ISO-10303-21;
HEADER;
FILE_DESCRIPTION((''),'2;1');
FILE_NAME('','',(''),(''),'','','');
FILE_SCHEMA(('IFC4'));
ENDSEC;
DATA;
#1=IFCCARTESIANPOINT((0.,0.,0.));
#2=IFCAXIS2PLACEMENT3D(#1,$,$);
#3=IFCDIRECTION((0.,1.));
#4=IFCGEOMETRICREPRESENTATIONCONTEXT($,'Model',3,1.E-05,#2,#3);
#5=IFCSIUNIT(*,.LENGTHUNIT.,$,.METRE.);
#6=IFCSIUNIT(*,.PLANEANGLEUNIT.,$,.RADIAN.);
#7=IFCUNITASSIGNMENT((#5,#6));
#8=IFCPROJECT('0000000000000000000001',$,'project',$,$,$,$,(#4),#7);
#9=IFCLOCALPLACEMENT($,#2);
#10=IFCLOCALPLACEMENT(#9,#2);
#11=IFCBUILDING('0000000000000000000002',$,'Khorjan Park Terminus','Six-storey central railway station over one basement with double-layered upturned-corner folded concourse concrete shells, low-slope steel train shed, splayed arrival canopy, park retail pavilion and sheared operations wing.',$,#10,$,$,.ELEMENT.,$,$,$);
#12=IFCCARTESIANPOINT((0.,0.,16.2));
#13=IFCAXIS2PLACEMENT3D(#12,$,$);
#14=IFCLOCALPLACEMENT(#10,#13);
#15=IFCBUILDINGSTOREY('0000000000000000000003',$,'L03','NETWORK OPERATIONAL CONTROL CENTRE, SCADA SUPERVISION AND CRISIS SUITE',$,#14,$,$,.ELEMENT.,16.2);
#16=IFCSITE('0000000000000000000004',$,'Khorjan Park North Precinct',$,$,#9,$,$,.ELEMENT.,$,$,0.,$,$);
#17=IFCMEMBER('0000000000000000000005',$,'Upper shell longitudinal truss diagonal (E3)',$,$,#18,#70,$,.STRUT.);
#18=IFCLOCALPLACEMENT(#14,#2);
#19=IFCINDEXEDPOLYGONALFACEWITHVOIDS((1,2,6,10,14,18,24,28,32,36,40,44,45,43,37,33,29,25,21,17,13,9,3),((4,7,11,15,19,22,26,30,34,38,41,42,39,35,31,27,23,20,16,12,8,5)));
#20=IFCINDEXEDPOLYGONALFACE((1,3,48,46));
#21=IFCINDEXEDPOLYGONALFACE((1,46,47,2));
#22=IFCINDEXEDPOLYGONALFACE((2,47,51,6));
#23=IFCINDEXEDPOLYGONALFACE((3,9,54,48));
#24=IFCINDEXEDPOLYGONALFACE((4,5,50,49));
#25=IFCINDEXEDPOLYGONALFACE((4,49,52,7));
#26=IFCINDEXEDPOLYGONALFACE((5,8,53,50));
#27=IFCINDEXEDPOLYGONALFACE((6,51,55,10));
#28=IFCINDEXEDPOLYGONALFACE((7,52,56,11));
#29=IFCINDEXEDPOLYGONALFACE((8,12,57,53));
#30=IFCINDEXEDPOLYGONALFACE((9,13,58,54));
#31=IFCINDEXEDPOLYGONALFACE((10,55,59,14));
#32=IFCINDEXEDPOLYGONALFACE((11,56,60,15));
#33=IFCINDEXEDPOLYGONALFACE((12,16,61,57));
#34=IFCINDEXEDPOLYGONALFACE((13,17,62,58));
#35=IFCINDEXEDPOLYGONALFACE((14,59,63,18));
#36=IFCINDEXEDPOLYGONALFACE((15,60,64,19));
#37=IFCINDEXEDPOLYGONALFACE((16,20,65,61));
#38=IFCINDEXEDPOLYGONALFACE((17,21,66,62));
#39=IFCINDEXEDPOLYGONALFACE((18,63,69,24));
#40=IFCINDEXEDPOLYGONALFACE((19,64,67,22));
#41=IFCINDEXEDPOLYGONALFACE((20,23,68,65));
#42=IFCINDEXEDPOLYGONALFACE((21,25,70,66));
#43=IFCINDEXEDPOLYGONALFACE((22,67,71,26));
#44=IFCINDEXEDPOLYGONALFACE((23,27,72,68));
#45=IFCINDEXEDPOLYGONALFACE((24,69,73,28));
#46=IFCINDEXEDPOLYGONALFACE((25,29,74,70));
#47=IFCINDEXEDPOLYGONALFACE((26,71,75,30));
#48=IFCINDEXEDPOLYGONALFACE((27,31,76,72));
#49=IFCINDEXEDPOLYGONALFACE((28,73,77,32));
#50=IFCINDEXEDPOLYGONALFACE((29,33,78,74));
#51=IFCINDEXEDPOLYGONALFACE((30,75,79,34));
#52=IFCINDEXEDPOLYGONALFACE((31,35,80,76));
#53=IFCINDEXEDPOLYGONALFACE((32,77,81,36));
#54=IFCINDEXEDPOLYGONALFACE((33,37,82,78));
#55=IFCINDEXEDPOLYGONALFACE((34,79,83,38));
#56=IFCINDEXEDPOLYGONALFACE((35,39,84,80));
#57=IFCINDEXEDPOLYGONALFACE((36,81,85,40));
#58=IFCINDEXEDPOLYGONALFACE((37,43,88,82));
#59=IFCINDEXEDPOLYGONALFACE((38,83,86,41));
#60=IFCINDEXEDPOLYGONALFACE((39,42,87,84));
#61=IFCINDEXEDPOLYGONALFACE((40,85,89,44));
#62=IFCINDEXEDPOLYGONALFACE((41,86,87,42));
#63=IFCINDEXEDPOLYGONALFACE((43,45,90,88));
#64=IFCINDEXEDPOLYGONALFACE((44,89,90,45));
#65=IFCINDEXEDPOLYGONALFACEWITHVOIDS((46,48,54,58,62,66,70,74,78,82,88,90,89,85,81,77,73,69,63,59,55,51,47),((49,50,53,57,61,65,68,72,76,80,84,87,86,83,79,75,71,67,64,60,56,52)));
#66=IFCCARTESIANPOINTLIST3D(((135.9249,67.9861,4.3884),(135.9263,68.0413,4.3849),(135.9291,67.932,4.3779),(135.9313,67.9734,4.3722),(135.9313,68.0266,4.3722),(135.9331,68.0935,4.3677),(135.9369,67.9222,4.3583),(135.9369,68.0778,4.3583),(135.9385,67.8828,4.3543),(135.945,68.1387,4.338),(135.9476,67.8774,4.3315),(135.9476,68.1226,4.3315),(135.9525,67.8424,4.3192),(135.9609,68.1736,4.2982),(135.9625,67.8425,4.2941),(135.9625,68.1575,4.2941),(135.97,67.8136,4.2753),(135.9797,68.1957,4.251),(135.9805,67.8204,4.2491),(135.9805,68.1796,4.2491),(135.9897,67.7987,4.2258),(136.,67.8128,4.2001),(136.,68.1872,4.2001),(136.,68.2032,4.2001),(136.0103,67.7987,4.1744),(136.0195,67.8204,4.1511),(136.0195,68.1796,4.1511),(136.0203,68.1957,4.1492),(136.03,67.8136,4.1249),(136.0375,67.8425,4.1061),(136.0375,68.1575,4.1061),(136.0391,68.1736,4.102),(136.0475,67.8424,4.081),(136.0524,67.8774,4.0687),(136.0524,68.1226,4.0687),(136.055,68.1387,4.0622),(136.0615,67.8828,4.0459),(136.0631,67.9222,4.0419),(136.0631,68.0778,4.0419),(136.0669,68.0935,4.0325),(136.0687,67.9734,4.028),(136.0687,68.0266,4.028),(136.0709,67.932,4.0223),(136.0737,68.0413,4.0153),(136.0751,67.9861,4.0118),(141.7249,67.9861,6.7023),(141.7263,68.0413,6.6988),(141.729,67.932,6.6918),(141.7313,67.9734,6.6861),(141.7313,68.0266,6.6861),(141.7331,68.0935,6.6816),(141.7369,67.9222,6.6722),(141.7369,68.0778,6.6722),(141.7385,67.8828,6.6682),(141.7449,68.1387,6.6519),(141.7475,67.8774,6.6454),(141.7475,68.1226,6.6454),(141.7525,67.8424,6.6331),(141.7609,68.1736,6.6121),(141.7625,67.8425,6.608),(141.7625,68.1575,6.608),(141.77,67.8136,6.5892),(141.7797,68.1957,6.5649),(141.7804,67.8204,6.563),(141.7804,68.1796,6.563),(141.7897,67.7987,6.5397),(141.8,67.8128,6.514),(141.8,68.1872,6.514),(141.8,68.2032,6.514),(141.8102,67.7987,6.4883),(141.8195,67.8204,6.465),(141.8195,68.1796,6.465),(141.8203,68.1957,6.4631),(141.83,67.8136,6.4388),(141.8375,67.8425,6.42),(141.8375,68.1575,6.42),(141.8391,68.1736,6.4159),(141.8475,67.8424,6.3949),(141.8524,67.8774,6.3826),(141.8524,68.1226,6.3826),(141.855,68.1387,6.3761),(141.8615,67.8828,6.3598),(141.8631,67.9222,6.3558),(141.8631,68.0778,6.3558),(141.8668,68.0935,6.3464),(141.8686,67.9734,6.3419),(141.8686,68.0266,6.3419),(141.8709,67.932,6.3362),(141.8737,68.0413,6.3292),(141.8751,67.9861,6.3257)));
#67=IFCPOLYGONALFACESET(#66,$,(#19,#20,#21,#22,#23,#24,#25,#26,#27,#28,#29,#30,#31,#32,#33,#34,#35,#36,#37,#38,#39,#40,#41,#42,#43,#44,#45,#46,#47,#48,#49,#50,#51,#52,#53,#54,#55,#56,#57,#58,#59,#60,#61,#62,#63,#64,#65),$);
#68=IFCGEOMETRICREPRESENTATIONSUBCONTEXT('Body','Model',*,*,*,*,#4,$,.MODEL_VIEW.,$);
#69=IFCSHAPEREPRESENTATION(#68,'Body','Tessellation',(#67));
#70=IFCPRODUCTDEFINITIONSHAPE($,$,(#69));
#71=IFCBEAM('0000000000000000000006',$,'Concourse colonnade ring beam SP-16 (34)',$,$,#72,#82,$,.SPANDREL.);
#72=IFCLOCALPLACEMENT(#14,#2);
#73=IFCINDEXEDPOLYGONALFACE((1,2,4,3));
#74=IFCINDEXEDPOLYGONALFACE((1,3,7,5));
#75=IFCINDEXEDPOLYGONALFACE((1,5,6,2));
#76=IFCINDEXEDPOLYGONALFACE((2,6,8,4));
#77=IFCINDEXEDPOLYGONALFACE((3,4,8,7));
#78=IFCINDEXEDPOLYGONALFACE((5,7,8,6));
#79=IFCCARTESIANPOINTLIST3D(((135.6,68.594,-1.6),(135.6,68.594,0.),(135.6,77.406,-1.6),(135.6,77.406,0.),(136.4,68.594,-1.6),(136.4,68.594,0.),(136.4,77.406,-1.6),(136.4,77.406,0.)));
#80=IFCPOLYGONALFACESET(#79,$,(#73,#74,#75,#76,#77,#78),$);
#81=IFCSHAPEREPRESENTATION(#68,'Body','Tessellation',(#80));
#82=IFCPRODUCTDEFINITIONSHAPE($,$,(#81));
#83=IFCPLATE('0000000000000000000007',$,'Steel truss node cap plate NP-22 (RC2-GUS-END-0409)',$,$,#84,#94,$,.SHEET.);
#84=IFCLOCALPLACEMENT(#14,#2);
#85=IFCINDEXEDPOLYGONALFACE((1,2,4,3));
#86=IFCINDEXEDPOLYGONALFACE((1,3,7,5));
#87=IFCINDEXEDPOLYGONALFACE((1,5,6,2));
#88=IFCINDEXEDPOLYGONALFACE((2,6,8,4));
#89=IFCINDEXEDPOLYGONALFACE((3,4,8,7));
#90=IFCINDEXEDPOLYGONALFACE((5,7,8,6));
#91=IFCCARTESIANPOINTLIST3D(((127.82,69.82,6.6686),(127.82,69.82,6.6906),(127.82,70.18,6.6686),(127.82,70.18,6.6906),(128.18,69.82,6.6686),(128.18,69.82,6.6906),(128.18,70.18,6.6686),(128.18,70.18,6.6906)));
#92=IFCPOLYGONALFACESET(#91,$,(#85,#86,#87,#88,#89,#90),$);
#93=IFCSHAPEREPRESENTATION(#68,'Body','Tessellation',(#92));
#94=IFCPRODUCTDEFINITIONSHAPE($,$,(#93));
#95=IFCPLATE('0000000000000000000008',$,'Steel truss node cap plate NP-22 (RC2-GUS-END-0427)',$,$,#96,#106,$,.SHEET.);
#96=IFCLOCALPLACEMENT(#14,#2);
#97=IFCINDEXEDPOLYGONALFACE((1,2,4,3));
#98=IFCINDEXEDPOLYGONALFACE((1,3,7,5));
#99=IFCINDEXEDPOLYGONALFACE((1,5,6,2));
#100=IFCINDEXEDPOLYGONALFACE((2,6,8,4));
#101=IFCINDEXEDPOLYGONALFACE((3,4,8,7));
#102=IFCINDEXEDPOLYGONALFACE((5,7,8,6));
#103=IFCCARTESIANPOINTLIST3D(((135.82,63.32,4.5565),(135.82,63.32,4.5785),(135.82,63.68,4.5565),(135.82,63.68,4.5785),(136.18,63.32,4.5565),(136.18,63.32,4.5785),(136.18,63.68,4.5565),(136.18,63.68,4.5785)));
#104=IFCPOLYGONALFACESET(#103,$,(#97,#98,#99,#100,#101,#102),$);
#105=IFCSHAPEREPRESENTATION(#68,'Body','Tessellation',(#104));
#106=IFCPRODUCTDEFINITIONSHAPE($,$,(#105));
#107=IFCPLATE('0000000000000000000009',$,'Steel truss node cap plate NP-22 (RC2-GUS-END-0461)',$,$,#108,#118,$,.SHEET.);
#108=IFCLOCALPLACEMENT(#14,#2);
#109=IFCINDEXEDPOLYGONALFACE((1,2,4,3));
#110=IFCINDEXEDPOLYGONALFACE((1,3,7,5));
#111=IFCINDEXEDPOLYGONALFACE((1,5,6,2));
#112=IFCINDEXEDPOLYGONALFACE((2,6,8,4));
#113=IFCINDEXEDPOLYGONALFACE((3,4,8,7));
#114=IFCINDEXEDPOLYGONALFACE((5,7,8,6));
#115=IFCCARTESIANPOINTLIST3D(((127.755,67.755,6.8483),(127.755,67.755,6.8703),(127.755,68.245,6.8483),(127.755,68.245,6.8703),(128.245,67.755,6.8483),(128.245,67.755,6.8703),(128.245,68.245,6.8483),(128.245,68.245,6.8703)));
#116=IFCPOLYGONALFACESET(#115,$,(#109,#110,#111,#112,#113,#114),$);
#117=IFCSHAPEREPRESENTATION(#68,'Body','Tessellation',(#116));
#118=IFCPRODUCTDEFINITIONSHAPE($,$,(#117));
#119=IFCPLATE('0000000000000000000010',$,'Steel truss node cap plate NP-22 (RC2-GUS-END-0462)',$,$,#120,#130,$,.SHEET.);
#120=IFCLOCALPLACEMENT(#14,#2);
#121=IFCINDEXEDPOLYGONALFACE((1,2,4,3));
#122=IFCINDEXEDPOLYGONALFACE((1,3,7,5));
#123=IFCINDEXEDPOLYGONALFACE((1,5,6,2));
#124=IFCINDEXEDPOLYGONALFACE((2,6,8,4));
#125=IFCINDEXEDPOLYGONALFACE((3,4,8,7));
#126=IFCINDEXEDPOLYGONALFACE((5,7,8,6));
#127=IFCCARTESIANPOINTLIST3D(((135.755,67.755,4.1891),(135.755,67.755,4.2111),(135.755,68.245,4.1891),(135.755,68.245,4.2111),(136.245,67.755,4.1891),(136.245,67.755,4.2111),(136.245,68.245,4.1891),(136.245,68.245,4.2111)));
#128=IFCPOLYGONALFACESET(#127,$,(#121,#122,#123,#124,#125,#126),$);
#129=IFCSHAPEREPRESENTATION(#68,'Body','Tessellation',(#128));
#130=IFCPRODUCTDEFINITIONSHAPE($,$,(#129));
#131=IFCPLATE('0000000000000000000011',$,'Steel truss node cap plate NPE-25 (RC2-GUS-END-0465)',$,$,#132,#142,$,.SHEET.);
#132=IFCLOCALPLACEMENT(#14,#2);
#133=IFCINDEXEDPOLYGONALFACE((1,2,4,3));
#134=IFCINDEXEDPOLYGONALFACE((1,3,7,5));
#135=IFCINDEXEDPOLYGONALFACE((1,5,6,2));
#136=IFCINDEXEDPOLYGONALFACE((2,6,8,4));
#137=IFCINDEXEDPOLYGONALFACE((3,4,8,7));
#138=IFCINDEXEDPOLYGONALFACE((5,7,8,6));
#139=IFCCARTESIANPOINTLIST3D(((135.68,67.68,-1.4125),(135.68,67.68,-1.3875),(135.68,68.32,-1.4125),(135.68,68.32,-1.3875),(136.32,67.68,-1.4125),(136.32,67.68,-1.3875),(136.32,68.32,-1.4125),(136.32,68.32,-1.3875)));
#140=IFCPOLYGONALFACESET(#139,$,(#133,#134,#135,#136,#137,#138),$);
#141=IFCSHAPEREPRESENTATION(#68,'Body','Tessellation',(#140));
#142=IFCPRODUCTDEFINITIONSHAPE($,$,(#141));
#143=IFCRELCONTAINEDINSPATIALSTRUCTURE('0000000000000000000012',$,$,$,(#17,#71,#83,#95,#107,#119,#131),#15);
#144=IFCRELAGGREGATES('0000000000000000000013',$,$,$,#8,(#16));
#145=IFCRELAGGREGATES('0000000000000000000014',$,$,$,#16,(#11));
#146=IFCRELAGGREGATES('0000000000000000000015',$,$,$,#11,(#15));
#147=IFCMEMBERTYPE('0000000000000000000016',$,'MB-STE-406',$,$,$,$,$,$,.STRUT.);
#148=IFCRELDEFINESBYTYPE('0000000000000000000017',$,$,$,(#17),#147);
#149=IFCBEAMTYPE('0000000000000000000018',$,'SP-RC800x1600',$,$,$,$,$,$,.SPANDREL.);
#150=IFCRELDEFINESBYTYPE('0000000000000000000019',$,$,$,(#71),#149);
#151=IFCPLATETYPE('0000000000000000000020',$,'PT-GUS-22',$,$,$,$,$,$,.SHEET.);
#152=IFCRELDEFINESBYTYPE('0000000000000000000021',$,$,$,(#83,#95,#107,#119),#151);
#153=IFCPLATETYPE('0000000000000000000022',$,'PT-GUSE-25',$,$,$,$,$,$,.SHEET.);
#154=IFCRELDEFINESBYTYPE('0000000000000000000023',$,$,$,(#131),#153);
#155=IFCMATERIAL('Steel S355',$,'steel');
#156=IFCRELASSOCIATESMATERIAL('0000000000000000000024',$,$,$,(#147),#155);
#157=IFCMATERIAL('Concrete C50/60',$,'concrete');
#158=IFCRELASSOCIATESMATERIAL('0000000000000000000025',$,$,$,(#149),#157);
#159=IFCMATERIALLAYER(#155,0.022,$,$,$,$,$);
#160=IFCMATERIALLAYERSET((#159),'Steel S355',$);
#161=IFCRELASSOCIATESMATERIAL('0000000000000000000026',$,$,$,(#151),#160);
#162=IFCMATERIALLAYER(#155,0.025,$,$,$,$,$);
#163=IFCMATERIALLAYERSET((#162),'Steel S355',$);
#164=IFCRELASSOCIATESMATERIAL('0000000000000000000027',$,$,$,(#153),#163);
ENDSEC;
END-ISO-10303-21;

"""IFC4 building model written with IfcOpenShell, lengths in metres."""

from ifc_helpers import new_model, si_unit, direction, frame, origin, origin_2d, place, context, subcontext, project, spatial, rectangle, hollow_circle, extrude, material, layer, layer_set, material_profile, profile_set, type_object, element, save


model = new_model("IFC4")

# Units and contexts
model_context = context("Model", 3, precision=1e-05, world=origin(), true_north=direction((0.0, 1.0)))
body_context = subcontext(model_context, "Body", "Model", "MODEL_VIEW")
ifc_project = project(units=[si_unit("LENGTHUNIT", "METRE"), si_unit("PLANEANGLEUNIT", "RADIAN")], contexts=[model_context])

# Site, building, storey
site_placement = place(None, origin())
site = spatial("IfcSite", under=ifc_project, at=site_placement, Name="Khorjan Park North Precinct", CompositionType="ELEMENT", RefElevation=0.0)
building_placement = place(site_placement, origin())
building = spatial("IfcBuilding", under=site, at=building_placement, Name="Khorjan Park Terminus", Description="Six-storey central railway station over one basement with double-layered upturned-corner folded concourse concrete shells, low-slope steel train shed, splayed arrival canopy, park retail pavilion and sheared operations wing.", CompositionType="ELEMENT")
storey_placement = place(building_placement, frame((0.0, 0.0, 16.2)))
storey = spatial("IfcBuildingStorey", under=building, at=storey_placement, Name="L03", Description="NETWORK OPERATIONAL CONTROL CENTRE, SCADA SUPERVISION AND CRISIS SUITE", CompositionType="ELEMENT", Elevation=16.2)

# Shared definitions
ifc_material_1 = material(Name="Concrete C50/60", Category="concrete")

# Member
ifc_material_2 = material(Name="Steel S355", Category="steel")
ifc_material_profile_1 = material_profile(ifc_material_2, hollow_circle(Radius=0.2032, WallThickness=0.016, at=origin_2d()), Name="CHS 406.4x16")
ifc_profile_set_1 = profile_set([ifc_material_profile_1], Name="Steel S355")
member_type_1 = type_object("IfcMemberType", Name="MB-STE-406", PredefinedType="STRUT", material=ifc_profile_set_1)
member_1_placement = place(storey_placement, frame((136.0, 68.0, 4.2001), z_axis=(0.928813, 0.0, 0.370548), x_axis=(0.0, 1.0, 0.0)))
element("IfcMember", 1, at=member_1_placement, inside=storey, type_object=member_type_1, Name="Upper shell longitudinal truss diagonal (E3)", PredefinedType="STRUT", context=body_context, shape_type="SweptSolid", body=[
    extrude(hollow_circle(Radius=0.2032, WallThickness=0.016, at=origin_2d()), origin(), (0.0, 0.0, 1.0), 6.2445),
])

# Beam
ifc_material_profile_2 = material_profile(ifc_material_1, rectangle(XDim=0.8, YDim=1.6, at=origin_2d()), Name="RC 800x1600")
ifc_profile_set_2 = profile_set([ifc_material_profile_2], Name="Concrete C50/60")
beam_type = type_object("IfcBeamType", Name="SP-RC800x1600", PredefinedType="SPANDREL", material=ifc_profile_set_2)
beam_placement = place(storey_placement, frame((136.0, 68.594, -0.8), z_axis=(0.0, 1.0, 0.0), x_axis=(-1.0, 0.0, 0.0)))
element("IfcBeam", 2, at=beam_placement, inside=storey, type_object=beam_type, Name="Concourse colonnade ring beam SP-16 (34)", PredefinedType="SPANDREL", context=body_context, shape_type="SweptSolid", body=[
    extrude(rectangle(XDim=0.8, YDim=1.6, at=origin_2d()), origin(), (0.0, 0.0, 1.0), 8.812),
])

# Plates
ifc_layer_1 = layer(ifc_material_2, 0.022)
ifc_layer_set_1 = layer_set([ifc_layer_1], Name="Steel S355")
plate_type_1 = type_object("IfcPlateType", Name="PT-GUS-22", PredefinedType="SHEET", material=ifc_layer_set_1)
for number, where, z_axis, x_axis, name in (
    (3, (128.0, 70.0, 6.6686), (0.0, 0.0, 1.0), (1.0, 0.0, 0.0), "Steel truss node cap plate NP-22 (RC2-GUS-END-0409)"),
    (4, (136.0, 63.5, 4.5565), (0.0, 0.0, 1.0), (1.0, 0.0, 0.0), "Steel truss node cap plate NP-22 (RC2-GUS-END-0427)"),
):
    element("IfcPlate", number, at=place(storey_placement, frame(where, z_axis=z_axis, x_axis=x_axis)), inside=storey, type_object=plate_type_1, Name=name, PredefinedType="SHEET", context=body_context, shape_type="SweptSolid", body=[
        extrude(rectangle(XDim=0.36, YDim=0.36, at=origin_2d()), origin(), (0.0, 0.0, 1.0), 0.022),
    ])
for number, where, z_axis, x_axis, name in (
    (5, (128.0, 68.0, 6.8483), (0.0, 0.0, 1.0), (1.0, 0.0, 0.0), "Steel truss node cap plate NP-22 (RC2-GUS-END-0461)"),
    (6, (136.0, 68.0, 4.1891), (0.0, 0.0, 1.0), (1.0, 0.0, 0.0), "Steel truss node cap plate NP-22 (RC2-GUS-END-0462)"),
):
    element("IfcPlate", number, at=place(storey_placement, frame(where, z_axis=z_axis, x_axis=x_axis)), inside=storey, type_object=plate_type_1, Name=name, PredefinedType="SHEET", context=body_context, shape_type="SweptSolid", body=[
        extrude(rectangle(XDim=0.49, YDim=0.49, at=origin_2d()), origin(), (0.0, 0.0, 1.0), 0.022),
    ])
ifc_layer_2 = layer(ifc_material_2, 0.025)
ifc_layer_set_2 = layer_set([ifc_layer_2], Name="Steel S355")
plate_type_2 = type_object("IfcPlateType", Name="PT-GUSE-25", PredefinedType="SHEET", material=ifc_layer_set_2)
plate_placement = place(storey_placement, frame((136.0, 68.0, -1.4125), z_axis=(0.0, 0.0, 1.0), x_axis=(1.0, 0.0, 0.0)))
element("IfcPlate", 7, at=plate_placement, inside=storey, type_object=plate_type_2, Name="Steel truss node cap plate NPE-25 (RC2-GUS-END-0465)", PredefinedType="SHEET", context=body_context, shape_type="SweptSolid", body=[
    extrude(rectangle(XDim=0.64, YDim=0.64, at=origin_2d()), origin(), (0.0, 0.0, 1.0), 0.025),
])

save(model, "model.ifc")
